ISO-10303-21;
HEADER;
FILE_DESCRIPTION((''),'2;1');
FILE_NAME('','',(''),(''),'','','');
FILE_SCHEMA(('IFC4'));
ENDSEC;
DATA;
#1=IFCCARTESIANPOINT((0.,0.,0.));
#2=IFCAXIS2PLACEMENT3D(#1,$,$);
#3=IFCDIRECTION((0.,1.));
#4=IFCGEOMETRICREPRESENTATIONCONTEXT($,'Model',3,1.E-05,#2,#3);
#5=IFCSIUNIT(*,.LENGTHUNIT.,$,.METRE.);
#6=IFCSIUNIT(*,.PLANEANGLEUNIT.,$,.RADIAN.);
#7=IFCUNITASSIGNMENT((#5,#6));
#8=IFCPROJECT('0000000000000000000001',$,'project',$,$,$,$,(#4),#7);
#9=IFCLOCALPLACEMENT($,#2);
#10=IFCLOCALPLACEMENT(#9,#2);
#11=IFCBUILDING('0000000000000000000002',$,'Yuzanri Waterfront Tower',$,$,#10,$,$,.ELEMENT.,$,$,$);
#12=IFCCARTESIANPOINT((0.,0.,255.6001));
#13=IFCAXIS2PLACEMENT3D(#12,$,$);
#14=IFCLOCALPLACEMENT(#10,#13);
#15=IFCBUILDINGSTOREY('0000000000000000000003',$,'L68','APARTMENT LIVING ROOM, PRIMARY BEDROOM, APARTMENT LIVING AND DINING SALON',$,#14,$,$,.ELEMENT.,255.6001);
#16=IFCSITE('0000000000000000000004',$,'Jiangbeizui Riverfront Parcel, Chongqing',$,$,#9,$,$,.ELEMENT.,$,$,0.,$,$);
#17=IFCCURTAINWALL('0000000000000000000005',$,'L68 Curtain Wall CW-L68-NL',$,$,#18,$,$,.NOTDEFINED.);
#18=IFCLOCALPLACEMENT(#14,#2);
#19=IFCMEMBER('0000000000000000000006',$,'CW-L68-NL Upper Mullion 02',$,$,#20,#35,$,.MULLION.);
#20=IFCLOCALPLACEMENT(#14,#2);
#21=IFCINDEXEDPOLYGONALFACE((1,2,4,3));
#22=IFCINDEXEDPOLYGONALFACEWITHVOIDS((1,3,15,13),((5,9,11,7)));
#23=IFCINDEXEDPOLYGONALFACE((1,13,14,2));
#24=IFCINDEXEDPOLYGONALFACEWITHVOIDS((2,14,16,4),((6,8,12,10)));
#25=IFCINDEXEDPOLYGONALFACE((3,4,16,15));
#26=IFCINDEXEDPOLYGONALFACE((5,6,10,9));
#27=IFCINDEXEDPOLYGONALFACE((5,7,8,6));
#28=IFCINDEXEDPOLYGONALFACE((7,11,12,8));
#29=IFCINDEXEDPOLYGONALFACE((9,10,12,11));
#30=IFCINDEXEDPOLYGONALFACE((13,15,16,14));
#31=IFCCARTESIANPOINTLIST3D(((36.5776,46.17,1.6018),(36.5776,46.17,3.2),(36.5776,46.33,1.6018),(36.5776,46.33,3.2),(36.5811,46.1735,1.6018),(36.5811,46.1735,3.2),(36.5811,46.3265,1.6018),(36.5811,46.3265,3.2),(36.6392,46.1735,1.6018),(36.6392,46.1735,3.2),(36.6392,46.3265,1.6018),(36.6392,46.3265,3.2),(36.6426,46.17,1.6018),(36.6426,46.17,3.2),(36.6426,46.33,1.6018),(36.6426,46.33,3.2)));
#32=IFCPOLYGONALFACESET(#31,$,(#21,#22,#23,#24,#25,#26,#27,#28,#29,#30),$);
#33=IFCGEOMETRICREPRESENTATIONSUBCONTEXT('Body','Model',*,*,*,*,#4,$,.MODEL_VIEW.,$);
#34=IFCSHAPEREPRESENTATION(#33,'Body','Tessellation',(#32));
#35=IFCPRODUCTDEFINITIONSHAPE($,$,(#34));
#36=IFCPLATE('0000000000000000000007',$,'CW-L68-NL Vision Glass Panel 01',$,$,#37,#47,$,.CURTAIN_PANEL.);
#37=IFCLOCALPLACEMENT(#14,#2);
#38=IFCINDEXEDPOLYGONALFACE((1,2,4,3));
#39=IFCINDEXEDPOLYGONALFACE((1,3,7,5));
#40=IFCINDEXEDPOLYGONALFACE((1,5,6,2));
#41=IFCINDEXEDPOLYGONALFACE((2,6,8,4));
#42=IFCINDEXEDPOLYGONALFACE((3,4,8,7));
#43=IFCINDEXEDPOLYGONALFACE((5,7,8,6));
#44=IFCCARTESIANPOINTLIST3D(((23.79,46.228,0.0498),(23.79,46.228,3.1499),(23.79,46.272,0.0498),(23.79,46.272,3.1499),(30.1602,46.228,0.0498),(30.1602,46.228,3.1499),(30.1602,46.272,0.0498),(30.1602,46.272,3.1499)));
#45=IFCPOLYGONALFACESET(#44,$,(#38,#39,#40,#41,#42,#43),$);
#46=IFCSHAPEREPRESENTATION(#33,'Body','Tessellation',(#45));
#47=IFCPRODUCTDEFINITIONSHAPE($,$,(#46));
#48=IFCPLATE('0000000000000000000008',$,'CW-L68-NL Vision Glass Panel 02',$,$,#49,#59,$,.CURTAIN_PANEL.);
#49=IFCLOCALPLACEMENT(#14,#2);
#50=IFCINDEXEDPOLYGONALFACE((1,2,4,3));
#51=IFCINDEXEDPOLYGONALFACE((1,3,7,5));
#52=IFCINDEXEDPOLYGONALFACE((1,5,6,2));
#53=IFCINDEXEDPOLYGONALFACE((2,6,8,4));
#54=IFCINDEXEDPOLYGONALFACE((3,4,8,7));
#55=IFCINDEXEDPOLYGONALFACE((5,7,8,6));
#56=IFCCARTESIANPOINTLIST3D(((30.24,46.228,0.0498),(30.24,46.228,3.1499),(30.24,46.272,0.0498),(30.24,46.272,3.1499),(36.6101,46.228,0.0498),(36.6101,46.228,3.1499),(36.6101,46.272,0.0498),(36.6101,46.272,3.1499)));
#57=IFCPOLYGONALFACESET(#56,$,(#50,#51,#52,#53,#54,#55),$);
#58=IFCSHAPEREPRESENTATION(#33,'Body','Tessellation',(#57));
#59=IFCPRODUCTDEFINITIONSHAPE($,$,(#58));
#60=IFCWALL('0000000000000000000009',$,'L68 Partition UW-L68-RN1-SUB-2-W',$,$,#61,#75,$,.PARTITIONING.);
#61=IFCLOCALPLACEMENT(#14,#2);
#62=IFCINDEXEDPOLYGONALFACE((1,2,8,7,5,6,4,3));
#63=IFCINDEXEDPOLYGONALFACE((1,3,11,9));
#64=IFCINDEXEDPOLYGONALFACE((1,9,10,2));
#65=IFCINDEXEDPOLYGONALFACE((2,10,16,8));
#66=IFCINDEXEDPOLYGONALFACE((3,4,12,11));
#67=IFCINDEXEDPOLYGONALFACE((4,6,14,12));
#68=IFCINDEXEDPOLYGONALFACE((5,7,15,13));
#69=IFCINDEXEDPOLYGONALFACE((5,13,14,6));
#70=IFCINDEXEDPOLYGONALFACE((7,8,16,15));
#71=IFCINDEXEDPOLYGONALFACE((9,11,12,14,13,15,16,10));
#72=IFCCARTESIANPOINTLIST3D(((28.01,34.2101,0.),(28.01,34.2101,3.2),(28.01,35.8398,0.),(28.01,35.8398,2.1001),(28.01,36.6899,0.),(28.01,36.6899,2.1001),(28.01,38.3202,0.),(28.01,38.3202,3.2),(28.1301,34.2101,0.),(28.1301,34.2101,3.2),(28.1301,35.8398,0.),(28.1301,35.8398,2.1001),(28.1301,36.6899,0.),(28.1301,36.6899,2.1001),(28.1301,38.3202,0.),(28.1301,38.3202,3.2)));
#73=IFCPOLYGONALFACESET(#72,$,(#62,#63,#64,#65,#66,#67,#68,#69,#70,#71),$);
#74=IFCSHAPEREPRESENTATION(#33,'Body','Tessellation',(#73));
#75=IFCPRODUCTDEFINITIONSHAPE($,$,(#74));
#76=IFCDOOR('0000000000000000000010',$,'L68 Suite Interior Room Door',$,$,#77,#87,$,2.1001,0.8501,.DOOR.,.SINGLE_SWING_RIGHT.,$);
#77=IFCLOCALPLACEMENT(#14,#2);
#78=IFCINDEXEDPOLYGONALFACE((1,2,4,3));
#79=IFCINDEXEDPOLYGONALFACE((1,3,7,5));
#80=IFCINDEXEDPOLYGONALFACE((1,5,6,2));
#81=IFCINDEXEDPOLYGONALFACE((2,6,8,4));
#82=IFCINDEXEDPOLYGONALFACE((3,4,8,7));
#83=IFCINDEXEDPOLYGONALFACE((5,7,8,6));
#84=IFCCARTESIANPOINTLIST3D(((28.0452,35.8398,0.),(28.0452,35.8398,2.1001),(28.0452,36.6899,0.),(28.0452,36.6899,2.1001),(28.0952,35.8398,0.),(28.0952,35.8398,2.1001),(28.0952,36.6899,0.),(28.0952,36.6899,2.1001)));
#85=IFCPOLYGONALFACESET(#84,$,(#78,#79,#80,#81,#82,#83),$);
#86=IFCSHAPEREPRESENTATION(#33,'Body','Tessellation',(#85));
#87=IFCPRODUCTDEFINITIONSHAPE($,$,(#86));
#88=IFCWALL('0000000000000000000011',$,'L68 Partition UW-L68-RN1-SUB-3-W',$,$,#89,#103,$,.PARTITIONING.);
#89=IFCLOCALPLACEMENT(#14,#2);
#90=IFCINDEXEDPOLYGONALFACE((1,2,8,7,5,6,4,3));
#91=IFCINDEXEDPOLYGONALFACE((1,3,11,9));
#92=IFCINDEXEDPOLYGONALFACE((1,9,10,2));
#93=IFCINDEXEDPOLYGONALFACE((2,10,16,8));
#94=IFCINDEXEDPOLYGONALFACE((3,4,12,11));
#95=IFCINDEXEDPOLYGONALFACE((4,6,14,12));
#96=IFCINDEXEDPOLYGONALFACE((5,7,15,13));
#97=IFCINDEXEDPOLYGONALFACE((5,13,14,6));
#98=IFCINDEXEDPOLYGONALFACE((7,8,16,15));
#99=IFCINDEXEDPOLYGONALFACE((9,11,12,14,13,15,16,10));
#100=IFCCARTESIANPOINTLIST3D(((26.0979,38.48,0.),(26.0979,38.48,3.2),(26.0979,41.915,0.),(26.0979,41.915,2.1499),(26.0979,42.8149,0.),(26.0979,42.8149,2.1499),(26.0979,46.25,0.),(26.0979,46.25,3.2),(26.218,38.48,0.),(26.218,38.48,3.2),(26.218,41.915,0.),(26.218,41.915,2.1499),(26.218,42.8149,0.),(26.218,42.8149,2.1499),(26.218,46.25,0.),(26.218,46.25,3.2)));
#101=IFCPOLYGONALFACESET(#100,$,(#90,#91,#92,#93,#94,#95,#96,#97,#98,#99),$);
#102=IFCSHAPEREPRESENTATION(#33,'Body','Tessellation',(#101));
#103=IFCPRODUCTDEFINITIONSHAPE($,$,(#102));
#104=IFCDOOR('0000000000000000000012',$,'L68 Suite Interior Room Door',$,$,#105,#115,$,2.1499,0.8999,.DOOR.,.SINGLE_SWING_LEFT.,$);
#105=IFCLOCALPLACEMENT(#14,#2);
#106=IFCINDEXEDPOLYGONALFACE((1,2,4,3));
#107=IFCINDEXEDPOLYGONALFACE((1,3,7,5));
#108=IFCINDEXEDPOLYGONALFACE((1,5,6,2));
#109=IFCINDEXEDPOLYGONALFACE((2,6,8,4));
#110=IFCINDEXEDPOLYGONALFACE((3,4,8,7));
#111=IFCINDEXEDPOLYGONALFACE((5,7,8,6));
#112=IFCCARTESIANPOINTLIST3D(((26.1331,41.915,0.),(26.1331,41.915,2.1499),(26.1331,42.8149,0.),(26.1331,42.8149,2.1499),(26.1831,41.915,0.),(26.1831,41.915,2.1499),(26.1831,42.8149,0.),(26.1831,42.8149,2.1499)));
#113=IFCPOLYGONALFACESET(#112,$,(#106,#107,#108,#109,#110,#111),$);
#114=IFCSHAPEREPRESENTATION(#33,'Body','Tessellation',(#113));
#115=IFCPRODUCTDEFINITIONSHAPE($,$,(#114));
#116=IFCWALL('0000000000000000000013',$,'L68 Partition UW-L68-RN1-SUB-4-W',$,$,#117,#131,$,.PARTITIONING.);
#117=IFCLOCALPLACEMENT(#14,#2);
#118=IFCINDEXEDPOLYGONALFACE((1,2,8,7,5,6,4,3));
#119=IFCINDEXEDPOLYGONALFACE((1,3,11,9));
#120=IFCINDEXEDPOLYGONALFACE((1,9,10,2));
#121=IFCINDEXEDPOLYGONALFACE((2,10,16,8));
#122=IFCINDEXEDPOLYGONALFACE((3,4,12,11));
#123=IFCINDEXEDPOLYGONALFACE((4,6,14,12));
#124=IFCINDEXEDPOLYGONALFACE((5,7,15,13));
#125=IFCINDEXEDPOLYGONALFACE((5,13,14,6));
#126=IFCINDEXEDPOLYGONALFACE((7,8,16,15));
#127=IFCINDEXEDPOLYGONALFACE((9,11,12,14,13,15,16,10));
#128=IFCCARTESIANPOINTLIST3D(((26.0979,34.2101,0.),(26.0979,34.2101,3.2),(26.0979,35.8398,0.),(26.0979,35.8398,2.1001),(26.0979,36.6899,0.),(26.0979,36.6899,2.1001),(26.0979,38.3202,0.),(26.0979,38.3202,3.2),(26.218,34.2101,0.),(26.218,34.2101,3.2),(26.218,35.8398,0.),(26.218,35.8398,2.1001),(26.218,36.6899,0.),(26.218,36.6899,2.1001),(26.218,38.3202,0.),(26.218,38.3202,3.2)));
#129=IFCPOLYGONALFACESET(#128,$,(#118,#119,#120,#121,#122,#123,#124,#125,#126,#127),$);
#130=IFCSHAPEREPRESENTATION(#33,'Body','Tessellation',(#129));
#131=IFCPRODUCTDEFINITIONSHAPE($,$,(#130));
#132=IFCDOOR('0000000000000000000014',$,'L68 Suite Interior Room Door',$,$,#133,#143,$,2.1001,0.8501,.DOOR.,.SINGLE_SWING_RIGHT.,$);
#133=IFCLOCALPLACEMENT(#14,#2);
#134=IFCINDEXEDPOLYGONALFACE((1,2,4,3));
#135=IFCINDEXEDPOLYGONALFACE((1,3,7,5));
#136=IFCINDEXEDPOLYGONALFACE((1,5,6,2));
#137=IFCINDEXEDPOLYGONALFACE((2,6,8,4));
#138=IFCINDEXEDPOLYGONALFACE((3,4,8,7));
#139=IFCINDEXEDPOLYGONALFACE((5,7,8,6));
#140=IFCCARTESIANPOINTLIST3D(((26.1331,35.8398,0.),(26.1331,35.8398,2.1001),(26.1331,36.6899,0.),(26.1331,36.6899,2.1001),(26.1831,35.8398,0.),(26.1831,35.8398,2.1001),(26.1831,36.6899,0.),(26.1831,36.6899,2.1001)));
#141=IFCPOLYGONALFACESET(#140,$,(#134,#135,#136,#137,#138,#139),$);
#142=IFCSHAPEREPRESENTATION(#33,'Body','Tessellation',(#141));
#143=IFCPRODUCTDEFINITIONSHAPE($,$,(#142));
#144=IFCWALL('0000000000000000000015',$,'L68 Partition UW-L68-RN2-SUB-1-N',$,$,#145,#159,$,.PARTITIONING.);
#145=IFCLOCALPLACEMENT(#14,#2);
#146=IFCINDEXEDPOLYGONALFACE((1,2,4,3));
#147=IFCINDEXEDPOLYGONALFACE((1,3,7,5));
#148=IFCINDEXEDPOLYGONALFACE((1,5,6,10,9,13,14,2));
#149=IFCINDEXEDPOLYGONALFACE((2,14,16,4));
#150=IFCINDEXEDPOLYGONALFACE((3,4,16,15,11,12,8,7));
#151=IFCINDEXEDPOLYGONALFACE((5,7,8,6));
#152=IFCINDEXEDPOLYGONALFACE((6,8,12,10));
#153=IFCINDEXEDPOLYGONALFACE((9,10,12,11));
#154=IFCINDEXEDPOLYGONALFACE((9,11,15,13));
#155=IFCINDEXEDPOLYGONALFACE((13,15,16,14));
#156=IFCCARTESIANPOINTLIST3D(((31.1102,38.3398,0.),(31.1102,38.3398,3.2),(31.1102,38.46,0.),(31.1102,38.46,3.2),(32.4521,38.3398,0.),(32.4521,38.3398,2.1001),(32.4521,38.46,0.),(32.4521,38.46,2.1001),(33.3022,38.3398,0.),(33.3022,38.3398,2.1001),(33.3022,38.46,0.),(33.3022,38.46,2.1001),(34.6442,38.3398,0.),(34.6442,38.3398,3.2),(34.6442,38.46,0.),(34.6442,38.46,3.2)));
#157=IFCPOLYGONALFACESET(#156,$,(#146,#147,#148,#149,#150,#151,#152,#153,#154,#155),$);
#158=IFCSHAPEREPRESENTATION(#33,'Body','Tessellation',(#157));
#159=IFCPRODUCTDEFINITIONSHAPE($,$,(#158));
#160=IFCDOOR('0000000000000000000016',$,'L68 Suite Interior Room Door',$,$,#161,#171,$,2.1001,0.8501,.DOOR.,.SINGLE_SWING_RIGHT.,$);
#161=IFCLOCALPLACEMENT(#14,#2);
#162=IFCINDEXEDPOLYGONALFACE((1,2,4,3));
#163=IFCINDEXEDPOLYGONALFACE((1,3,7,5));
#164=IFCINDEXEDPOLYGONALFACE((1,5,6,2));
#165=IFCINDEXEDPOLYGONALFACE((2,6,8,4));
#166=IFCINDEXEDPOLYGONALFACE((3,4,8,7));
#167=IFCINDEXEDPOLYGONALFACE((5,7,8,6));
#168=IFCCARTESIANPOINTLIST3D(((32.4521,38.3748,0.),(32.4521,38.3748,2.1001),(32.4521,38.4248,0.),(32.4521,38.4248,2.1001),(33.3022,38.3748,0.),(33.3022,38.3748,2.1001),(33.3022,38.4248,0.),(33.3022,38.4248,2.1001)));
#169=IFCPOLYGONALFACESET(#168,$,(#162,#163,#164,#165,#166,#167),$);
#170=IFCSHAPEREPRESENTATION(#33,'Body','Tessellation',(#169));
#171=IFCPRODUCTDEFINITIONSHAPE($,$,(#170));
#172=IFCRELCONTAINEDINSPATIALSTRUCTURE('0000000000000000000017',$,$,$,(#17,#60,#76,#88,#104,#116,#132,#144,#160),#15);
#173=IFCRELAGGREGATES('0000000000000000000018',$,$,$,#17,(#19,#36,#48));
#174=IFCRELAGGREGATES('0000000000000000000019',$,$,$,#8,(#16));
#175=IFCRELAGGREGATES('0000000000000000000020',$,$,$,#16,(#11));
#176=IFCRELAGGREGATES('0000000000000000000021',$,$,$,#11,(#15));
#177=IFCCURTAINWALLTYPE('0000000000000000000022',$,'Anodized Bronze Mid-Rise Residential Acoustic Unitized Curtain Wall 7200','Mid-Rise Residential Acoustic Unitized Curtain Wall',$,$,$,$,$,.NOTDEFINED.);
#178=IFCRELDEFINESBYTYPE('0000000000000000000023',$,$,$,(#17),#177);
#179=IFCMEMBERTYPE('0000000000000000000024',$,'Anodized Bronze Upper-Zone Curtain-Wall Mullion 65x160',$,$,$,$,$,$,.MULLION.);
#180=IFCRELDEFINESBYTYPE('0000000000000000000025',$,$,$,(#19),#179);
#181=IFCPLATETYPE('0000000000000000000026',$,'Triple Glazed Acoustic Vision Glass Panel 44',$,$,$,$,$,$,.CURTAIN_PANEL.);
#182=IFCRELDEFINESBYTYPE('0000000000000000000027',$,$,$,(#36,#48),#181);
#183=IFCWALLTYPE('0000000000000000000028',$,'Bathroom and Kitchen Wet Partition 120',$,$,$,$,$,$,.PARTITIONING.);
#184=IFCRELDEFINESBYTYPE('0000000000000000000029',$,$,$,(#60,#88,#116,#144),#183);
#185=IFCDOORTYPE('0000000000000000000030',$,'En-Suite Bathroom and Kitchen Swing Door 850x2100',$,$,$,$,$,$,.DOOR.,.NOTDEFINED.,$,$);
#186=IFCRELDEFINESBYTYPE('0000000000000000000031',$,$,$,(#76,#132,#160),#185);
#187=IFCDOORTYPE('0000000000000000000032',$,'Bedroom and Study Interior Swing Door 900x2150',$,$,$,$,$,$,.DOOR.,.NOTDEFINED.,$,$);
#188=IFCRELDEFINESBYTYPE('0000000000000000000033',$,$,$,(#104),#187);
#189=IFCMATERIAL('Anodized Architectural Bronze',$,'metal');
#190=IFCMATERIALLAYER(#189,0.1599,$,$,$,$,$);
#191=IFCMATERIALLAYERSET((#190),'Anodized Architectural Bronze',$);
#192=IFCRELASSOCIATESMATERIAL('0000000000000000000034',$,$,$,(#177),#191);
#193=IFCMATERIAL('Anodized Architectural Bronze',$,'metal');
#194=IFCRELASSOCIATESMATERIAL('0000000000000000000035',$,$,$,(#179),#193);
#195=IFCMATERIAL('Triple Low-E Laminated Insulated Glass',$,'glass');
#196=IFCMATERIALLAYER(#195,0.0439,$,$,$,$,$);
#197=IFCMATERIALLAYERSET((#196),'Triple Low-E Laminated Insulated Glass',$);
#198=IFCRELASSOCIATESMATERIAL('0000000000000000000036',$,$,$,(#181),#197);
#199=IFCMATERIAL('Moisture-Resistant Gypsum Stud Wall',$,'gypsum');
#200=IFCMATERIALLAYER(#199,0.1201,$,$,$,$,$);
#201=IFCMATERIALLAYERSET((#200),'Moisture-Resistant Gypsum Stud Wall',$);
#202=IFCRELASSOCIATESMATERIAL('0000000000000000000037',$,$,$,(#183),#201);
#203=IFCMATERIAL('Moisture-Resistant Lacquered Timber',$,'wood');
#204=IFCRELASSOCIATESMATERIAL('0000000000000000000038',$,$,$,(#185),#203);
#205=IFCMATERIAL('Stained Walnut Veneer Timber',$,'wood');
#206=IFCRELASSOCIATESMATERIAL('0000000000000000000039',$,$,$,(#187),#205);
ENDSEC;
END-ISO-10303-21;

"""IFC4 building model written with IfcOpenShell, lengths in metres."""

from ifc_helpers import new_model, si_unit, direction, frame, frame_2d, origin, origin_2d, place, context, subcontext, project, spatial, rectangle, hollow_rectangle, extrude, source, transform, mapped, material, layer, layer_set, material_profile, profile_set, type_object, element, fill, aggregate, save


model = new_model("IFC4")

# Units and contexts
model_context = context("Model", 3, precision=1e-05, world=origin(), true_north=direction((0.0, 1.0)))
body_context = subcontext(model_context, "Body", "Model", "MODEL_VIEW")
ifc_project = project(units=[si_unit("LENGTHUNIT", "METRE"), si_unit("PLANEANGLEUNIT", "RADIAN")], contexts=[model_context])

# Site, building, storey
site_placement = place(None, origin())
site = spatial("IfcSite", under=ifc_project, at=site_placement, Name="Jiangbeizui Riverfront Parcel, Chongqing", CompositionType="ELEMENT", RefElevation=0.0)
building_placement = place(site_placement, origin())
building = spatial("IfcBuilding", under=site, at=building_placement, Name="Yuzanri Waterfront Tower", CompositionType="ELEMENT")
storey_placement = place(building_placement, frame((0.0, 0.0, 255.6001)))
storey = spatial("IfcBuildingStorey", under=building, at=storey_placement, Name="L68", Description="APARTMENT LIVING ROOM, PRIMARY BEDROOM, APARTMENT LIVING AND DINING SALON", CompositionType="ELEMENT", Elevation=255.6001)

# Curtain wall, member, plates
ifc_material_1 = material(Name="Anodized Architectural Bronze", Category="metal")
ifc_layer_1 = layer(ifc_material_1, 0.1599)
ifc_layer_set_1 = layer_set([ifc_layer_1], Name="Anodized Architectural Bronze")
curtain_wall_type = type_object("IfcCurtainWallType", Name="Anodized Bronze Mid-Rise Residential Acoustic Unitized Curtain Wall 7200", Description="Mid-Rise Residential Acoustic Unitized Curtain Wall", PredefinedType="NOTDEFINED", material=ifc_layer_set_1)
curtain_wall_placement = place(storey_placement, origin())
curtain_wall = element("IfcCurtainWall", 1, at=curtain_wall_placement, inside=storey, type_object=curtain_wall_type, Name="L68 Curtain Wall CW-L68-NL", PredefinedType="NOTDEFINED")
ifc_material_2 = material(Name="Anodized Architectural Bronze", Category="metal")
ifc_material_profile_1 = material_profile(ifc_material_2, hollow_rectangle(XDim=0.0649, YDim=0.1599, WallThickness=0.0034, at=origin_2d()), Name="CWM 65x160")
ifc_profile_set_1 = profile_set([ifc_material_profile_1], Name="Anodized Architectural Bronze")
member_type_1 = type_object("IfcMemberType", Name="Anodized Bronze Upper-Zone Curtain-Wall Mullion 65x160", PredefinedType="MULLION", material=ifc_profile_set_1)
shared_shape_1 = source(origin(), body_context, "Body", "SweptSolid", [
    extrude(hollow_rectangle(XDim=0.0649, YDim=0.1599, WallThickness=0.0034, at=origin_2d()), origin(), (0.0, 0.0, 1.0), 1.5981),
])
member_1_placement = place(storey_placement, frame((36.6101, 46.25, 1.6018), z_axis=(0.0, 0.0, 1.0), x_axis=(1.0, 0.0, 0.0)))
member_1 = element("IfcMember", 2, at=member_1_placement, type_object=member_type_1, Name="CW-L68-NL Upper Mullion 02", PredefinedType="MULLION", context=body_context, shape_type="MappedRepresentation", body=[
    mapped(shared_shape_1, transform((0.0, 0.0, 0.0), scale=1.0)),
])
ifc_material_3 = material(Name="Triple Low-E Laminated Insulated Glass", Category="glass")
ifc_layer_2 = layer(ifc_material_3, 0.0439)
ifc_layer_set_2 = layer_set([ifc_layer_2], Name="Triple Low-E Laminated Insulated Glass")
plate_type = type_object("IfcPlateType", Name="Triple Glazed Acoustic Vision Glass Panel 44", PredefinedType="CURTAIN_PANEL", material=ifc_layer_set_2)
shared_shape_2 = source(origin(), body_context, "Body", "SweptSolid", [
    extrude(rectangle(XDim=6.3701, YDim=0.0439, at=origin_2d()), origin(), (0.0, 0.0, 1.0), 3.1001),
])
plate_1_placement = place(storey_placement, frame((26.9751, 46.25, 0.0498), z_axis=(0.0, 0.0, 1.0), x_axis=(1.0, 0.0, 0.0)))
plate_1 = element("IfcPlate", 3, at=plate_1_placement, type_object=plate_type, Name="CW-L68-NL Vision Glass Panel 01", PredefinedType="CURTAIN_PANEL", context=body_context, shape_type="MappedRepresentation", body=[
    mapped(shared_shape_2, transform((0.0, 0.0, 0.0), scale=1.0)),
])
plate_2_placement = place(storey_placement, frame((33.425, 46.25, 0.0498), z_axis=(0.0, 0.0, 1.0), x_axis=(1.0, 0.0, 0.0)))
plate_2 = element("IfcPlate", 4, at=plate_2_placement, type_object=plate_type, Name="CW-L68-NL Vision Glass Panel 02", PredefinedType="CURTAIN_PANEL", context=body_context, shape_type="MappedRepresentation", body=[
    mapped(shared_shape_2, transform((0.0, 0.0, 0.0), scale=1.0)),
])
aggregate(curtain_wall, [member_1, plate_1, plate_2])

# Walls, openings, doors
ifc_material_4 = material(Name="Moisture-Resistant Gypsum Stud Wall", Category="gypsum")
ifc_layer_3 = layer(ifc_material_4, 0.1201)
ifc_layer_set_3 = layer_set([ifc_layer_3], Name="Moisture-Resistant Gypsum Stud Wall")
wall_type_1 = type_object("IfcWallType", Name="Bathroom and Kitchen Wet Partition 120", PredefinedType="PARTITIONING", material=ifc_layer_set_3)
wall_1_placement = place(storey_placement, frame((28.0701, 34.21, 0.0), z_axis=(0.0, 0.0, 1.0), x_axis=(0.0, 1.0, 0.0)))
wall_1 = element("IfcWall", 5, at=wall_1_placement, inside=storey, type_object=wall_type_1, Name="L68 Partition UW-L68-RN1-SUB-2-W", PredefinedType="PARTITIONING", context=body_context, shape_type="SweptSolid", body=[
    extrude(rectangle(XDim=4.1101, YDim=0.1201, at=frame_2d((2.0552, 0.0))), origin(), (0.0, 0.0, 1.0), 3.2),
])
opening_1_placement = place(wall_1_placement, frame((1.6299, 0.0, 0.0)))
opening_1 = element("IfcOpeningElement", 6, at=opening_1_placement, cuts=wall_1, PredefinedType="OPENING", context=body_context, shape_type="SweptSolid", body=[
    extrude(rectangle(XDim=0.8501, YDim=2.1001, at=frame_2d((0.425, 1.05))), frame((0.0, 0.075, 0.0), z_axis=(0.0, -1.0, 0.0), x_axis=(1.0, 0.0, 0.0)), (0.0, 0.0, 1.0), 0.1499),
])
ifc_material_5 = material(Name="Moisture-Resistant Lacquered Timber", Category="wood")
door_type_1 = type_object("IfcDoorType", Name="En-Suite Bathroom and Kitchen Swing Door 850x2100", OperationType="NOTDEFINED", PredefinedType="DOOR", material=ifc_material_5)
shared_shape_3 = source(origin(), body_context, "Body", "SweptSolid", [
    extrude(rectangle(XDim=0.8501, YDim=2.1001, at=frame_2d((0.425, 1.05))), frame((0.0, 0.0249, 0.0), z_axis=(0.0, -1.0, 0.0), x_axis=(1.0, 0.0, 0.0)), (0.0, 0.0, 1.0), 0.05),
])
door_1_placement = place(opening_1_placement, origin())
door_1 = element("IfcDoor", 7, at=door_1_placement, inside=storey, type_object=door_type_1, Name="L68 Suite Interior Room Door", OperationType="SINGLE_SWING_RIGHT", OverallHeight=2.1001, OverallWidth=0.8501, PredefinedType="DOOR", context=body_context, shape_type="MappedRepresentation", body=[
    mapped(shared_shape_3, transform((0.0, 0.0, 0.0), scale=1.0)),
])
fill(opening_1, door_1)
wall_2_placement = place(storey_placement, frame((26.158, 38.48, 0.0), z_axis=(0.0, 0.0, 1.0), x_axis=(0.0, 1.0, 0.0)))
wall_2 = element("IfcWall", 8, at=wall_2_placement, inside=storey, type_object=wall_type_1, Name="L68 Partition UW-L68-RN1-SUB-3-W", PredefinedType="PARTITIONING", context=body_context, shape_type="SweptSolid", body=[
    extrude(rectangle(XDim=7.77, YDim=0.1201, at=frame_2d((3.885, 0.0))), origin(), (0.0, 0.0, 1.0), 3.2),
])
opening_2_placement = place(wall_2_placement, frame((3.4351, 0.0, 0.0)))
opening_2 = element("IfcOpeningElement", 9, at=opening_2_placement, cuts=wall_2, PredefinedType="OPENING", context=body_context, shape_type="SweptSolid", body=[
    extrude(rectangle(XDim=0.8999, YDim=2.1499, at=frame_2d((0.45, 1.075))), frame((0.0, 0.075, 0.0), z_axis=(0.0, -1.0, 0.0), x_axis=(1.0, 0.0, 0.0)), (0.0, 0.0, 1.0), 0.1499),
])
ifc_material_6 = material(Name="Stained Walnut Veneer Timber", Category="wood")
door_type_2 = type_object("IfcDoorType", Name="Bedroom and Study Interior Swing Door 900x2150", OperationType="NOTDEFINED", PredefinedType="DOOR", material=ifc_material_6)
shared_shape_4 = source(origin(), body_context, "Body", "SweptSolid", [
    extrude(rectangle(XDim=0.8999, YDim=2.1499, at=frame_2d((0.45, 1.075))), frame((0.0, 0.0249, 0.0), z_axis=(0.0, -1.0, 0.0), x_axis=(1.0, 0.0, 0.0)), (0.0, 0.0, 1.0), 0.05),
])
door_2_placement = place(opening_2_placement, origin())
door_2 = element("IfcDoor", 10, at=door_2_placement, inside=storey, type_object=door_type_2, Name="L68 Suite Interior Room Door", OperationType="SINGLE_SWING_LEFT", OverallHeight=2.1499, OverallWidth=0.8999, PredefinedType="DOOR", context=body_context, shape_type="MappedRepresentation", body=[
    mapped(shared_shape_4, transform((0.0, 0.0, 0.0), scale=1.0)),
])
fill(opening_2, door_2)
wall_3_placement = place(storey_placement, frame((26.158, 34.21, 0.0), z_axis=(0.0, 0.0, 1.0), x_axis=(0.0, 1.0, 0.0)))
wall_3 = element("IfcWall", 11, at=wall_3_placement, inside=storey, type_object=wall_type_1, Name="L68 Partition UW-L68-RN1-SUB-4-W", PredefinedType="PARTITIONING", context=body_context, shape_type="SweptSolid", body=[
    extrude(rectangle(XDim=4.1101, YDim=0.1201, at=frame_2d((2.0552, 0.0))), origin(), (0.0, 0.0, 1.0), 3.2),
])
opening_3_placement = place(wall_3_placement, frame((1.6299, 0.0, 0.0)))
opening_3 = element("IfcOpeningElement", 12, at=opening_3_placement, cuts=wall_3, PredefinedType="OPENING", context=body_context, shape_type="SweptSolid", body=[
    extrude(rectangle(XDim=0.8501, YDim=2.1001, at=frame_2d((0.425, 1.05))), frame((0.0, 0.075, 0.0), z_axis=(0.0, -1.0, 0.0), x_axis=(1.0, 0.0, 0.0)), (0.0, 0.0, 1.0), 0.1499),
])
door_3_placement = place(opening_3_placement, origin())
door_3 = element("IfcDoor", 13, at=door_3_placement, inside=storey, type_object=door_type_1, Name="L68 Suite Interior Room Door", OperationType="SINGLE_SWING_RIGHT", OverallHeight=2.1001, OverallWidth=0.8501, PredefinedType="DOOR", context=body_context, shape_type="MappedRepresentation", body=[
    mapped(shared_shape_3, transform((0.0, 0.0, 0.0), scale=1.0)),
])
fill(opening_3, door_3)
wall_4_placement = place(storey_placement, frame((31.1101, 38.3999, 0.0), z_axis=(0.0, 0.0, 1.0), x_axis=(1.0, 0.0, 0.0)))
wall_4 = element("IfcWall", 14, at=wall_4_placement, inside=storey, type_object=wall_type_1, Name="L68 Partition UW-L68-RN2-SUB-1-N", PredefinedType="PARTITIONING", context=body_context, shape_type="SweptSolid", body=[
    extrude(rectangle(XDim=3.5339, YDim=0.1201, at=frame_2d((1.7671, 0.0))), origin(), (0.0, 0.0, 1.0), 3.2),
])
opening_4_placement = place(wall_4_placement, frame((1.342, 0.0, 0.0)))
opening_4 = element("IfcOpeningElement", 15, at=opening_4_placement, cuts=wall_4, PredefinedType="OPENING", context=body_context, shape_type="SweptSolid", body=[
    extrude(rectangle(XDim=0.8501, YDim=2.1001, at=frame_2d((0.425, 1.05))), frame((0.0, 0.075, 0.0), z_axis=(0.0, -1.0, 0.0), x_axis=(1.0, 0.0, 0.0)), (0.0, 0.0, 1.0), 0.1499),
])
door_4_placement = place(opening_4_placement, origin())
door_4 = element("IfcDoor", 16, at=door_4_placement, inside=storey, type_object=door_type_1, Name="L68 Suite Interior Room Door", OperationType="SINGLE_SWING_RIGHT", OverallHeight=2.1001, OverallWidth=0.8501, PredefinedType="DOOR", context=body_context, shape_type="MappedRepresentation", body=[
    mapped(shared_shape_3, transform((0.0, 0.0, 0.0), scale=1.0)),
])
fill(opening_4, door_4)

save(model, "model.ifc")
